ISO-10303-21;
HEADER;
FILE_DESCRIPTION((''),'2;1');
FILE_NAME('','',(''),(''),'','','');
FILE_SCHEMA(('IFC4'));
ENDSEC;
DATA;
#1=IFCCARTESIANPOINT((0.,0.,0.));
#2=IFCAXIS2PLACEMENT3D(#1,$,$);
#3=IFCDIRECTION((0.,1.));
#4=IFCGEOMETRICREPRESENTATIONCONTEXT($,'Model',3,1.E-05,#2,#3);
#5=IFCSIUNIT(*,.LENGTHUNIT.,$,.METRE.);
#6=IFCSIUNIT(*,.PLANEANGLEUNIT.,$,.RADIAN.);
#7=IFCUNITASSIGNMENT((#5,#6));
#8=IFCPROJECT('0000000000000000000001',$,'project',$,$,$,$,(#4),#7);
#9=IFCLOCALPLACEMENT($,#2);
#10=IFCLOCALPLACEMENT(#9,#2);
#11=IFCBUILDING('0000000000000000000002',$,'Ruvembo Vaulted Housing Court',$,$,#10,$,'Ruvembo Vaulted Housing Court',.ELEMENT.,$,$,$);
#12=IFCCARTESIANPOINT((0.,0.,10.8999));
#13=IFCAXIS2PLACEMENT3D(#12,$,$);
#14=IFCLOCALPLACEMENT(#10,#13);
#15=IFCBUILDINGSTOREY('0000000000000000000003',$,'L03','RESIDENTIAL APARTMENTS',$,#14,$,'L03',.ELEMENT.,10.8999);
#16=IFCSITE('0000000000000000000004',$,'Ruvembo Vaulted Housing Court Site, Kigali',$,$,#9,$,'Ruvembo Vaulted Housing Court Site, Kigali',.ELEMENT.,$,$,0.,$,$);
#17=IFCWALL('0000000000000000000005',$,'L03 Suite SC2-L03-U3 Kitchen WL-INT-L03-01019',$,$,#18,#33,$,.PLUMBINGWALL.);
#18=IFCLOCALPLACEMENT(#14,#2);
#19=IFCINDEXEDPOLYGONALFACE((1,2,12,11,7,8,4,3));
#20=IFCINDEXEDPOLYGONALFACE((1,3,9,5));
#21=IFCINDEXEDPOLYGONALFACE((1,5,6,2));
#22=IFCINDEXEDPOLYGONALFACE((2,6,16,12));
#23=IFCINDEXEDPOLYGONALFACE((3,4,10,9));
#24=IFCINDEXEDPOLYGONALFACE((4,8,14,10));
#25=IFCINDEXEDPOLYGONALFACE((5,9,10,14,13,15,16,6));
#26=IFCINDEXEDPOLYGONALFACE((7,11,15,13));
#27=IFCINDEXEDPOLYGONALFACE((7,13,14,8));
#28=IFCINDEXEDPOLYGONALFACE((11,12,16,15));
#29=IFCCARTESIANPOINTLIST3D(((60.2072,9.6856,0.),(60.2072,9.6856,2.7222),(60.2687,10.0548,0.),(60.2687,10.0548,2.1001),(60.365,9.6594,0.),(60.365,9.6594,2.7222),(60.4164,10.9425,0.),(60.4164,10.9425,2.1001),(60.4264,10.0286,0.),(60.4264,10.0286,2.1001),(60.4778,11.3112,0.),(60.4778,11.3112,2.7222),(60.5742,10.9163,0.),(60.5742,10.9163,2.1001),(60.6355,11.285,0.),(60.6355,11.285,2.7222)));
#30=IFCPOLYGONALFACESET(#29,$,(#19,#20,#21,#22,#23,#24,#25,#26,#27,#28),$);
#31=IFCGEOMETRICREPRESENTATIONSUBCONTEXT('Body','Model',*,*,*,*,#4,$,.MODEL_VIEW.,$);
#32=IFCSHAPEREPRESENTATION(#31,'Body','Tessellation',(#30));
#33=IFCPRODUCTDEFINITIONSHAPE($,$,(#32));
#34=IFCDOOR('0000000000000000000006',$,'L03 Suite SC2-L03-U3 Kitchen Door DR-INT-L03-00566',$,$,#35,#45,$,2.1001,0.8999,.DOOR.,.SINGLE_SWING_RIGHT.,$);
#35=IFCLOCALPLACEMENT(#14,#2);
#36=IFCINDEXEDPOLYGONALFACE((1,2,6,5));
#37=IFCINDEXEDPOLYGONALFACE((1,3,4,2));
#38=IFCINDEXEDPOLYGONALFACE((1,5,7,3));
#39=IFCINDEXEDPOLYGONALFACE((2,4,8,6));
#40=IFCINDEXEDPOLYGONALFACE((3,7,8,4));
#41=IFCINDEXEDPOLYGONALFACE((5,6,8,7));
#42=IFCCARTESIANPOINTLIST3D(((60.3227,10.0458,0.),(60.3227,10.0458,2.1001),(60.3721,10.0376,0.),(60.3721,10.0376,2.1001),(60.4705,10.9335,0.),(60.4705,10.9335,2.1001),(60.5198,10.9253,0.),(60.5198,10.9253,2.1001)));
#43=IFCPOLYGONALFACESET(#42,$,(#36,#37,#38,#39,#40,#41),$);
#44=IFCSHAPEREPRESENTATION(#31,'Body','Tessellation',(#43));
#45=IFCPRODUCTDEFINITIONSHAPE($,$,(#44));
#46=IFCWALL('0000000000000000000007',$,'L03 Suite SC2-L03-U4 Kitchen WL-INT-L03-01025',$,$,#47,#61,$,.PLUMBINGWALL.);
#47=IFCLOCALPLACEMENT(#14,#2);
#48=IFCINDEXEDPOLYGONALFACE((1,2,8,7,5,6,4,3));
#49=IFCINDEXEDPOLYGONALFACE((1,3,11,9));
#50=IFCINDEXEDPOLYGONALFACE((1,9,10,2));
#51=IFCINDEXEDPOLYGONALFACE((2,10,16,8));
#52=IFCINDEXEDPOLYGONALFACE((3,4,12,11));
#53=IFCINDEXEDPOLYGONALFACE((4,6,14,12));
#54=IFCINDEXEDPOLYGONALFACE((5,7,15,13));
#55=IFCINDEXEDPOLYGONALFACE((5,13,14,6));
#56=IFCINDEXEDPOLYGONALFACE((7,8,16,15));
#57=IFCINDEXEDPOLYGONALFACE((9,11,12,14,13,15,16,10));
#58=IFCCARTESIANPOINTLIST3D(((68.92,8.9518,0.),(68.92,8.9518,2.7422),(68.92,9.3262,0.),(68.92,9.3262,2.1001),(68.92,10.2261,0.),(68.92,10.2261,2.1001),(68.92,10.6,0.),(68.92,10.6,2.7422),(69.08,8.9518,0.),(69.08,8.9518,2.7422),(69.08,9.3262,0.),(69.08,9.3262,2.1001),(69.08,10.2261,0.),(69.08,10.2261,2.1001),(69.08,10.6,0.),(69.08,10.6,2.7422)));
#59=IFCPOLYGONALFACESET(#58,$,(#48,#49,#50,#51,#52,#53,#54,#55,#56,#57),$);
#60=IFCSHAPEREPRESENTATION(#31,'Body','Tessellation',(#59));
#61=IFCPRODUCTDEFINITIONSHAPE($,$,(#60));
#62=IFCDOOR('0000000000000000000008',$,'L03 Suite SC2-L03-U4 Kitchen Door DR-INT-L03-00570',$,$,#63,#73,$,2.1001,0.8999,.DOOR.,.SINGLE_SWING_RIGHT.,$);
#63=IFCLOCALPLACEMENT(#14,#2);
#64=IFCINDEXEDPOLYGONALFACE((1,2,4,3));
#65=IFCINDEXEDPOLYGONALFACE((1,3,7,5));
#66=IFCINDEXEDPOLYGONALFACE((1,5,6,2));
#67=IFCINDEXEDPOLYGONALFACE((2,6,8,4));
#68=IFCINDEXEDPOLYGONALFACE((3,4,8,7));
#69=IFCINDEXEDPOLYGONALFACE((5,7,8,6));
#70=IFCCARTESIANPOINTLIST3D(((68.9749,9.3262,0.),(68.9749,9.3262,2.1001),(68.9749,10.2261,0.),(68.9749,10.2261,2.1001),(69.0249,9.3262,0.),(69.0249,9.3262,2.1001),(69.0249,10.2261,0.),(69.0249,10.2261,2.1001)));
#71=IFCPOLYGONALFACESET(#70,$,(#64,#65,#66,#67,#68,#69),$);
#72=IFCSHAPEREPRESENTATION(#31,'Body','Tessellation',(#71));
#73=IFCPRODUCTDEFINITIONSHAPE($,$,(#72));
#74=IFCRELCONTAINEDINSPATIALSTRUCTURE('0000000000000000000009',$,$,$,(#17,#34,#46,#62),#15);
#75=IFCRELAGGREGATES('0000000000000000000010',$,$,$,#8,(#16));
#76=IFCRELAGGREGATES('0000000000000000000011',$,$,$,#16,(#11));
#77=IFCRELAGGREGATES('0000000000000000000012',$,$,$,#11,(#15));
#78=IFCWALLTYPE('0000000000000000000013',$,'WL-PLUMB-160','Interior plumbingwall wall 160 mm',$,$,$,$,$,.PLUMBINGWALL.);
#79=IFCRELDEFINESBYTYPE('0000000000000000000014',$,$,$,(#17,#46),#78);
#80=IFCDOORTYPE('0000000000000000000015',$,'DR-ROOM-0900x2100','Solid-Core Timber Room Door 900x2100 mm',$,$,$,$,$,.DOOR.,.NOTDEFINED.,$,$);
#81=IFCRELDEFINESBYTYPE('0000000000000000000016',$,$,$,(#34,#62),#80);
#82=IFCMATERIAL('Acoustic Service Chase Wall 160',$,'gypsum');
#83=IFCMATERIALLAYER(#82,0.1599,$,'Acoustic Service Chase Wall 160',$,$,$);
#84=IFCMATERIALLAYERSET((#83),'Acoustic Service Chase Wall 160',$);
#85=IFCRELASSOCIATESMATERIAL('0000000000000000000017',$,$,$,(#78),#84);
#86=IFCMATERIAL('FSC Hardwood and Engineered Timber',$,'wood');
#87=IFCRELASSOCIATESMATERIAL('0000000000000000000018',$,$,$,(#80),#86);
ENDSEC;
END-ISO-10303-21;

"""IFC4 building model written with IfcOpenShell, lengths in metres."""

from ifc_helpers import new_model, si_unit, direction, frame, frame_2d, origin, place, context, subcontext, project, spatial, rectangle, extrude, material, layer, layer_set, type_object, element, fill, save


model = new_model("IFC4")

# Units and contexts
model_context = context("Model", 3, precision=1e-05, world=origin(), true_north=direction((0.0, 1.0)))
body_context = subcontext(model_context, "Body", "Model", "MODEL_VIEW")
ifc_project = project(units=[si_unit("LENGTHUNIT", "METRE"), si_unit("PLANEANGLEUNIT", "RADIAN")], contexts=[model_context])

# Site, building, storey
site_placement = place(None, origin())
site = spatial("IfcSite", under=ifc_project, at=site_placement, Name="Ruvembo Vaulted Housing Court Site, Kigali", LongName="Ruvembo Vaulted Housing Court Site, Kigali", CompositionType="ELEMENT", RefElevation=0.0)
building_placement = place(site_placement, origin())
building = spatial("IfcBuilding", under=site, at=building_placement, Name="Ruvembo Vaulted Housing Court", LongName="Ruvembo Vaulted Housing Court", CompositionType="ELEMENT")
storey_placement = place(building_placement, frame((0.0, 0.0, 10.8999)))
storey = spatial("IfcBuildingStorey", under=building, at=storey_placement, Name="L03", Description="RESIDENTIAL APARTMENTS", LongName="L03", CompositionType="ELEMENT", Elevation=10.8999)

# Walls, openings, doors
ifc_material_1 = material(Name="FSC Hardwood and Engineered Timber", Category="wood")
ifc_material_2 = material(Name="Acoustic Service Chase Wall 160", Category="gypsum")
ifc_layer_1 = layer(ifc_material_2, 0.1599, Name="Acoustic Service Chase Wall 160")
ifc_layer_set_1 = layer_set([ifc_layer_1], Name="Acoustic Service Chase Wall 160")
wall_type_1 = type_object("IfcWallType", Name="WL-PLUMB-160", Description="Interior plumbingwall wall 160 mm", PredefinedType="PLUMBINGWALL", material=ifc_layer_set_1)
wall_1_placement = place(storey_placement, frame((60.5566, 11.2981, 0.0), z_axis=(0.0, 0.0, 1.0), x_axis=(-0.164159, -0.986434, 0.0)))
wall_1 = element("IfcWall", 1, at=wall_1_placement, inside=storey, type_object=wall_type_1, Name="L03 Suite SC2-L03-U3 Kitchen WL-INT-L03-01019", PredefinedType="PLUMBINGWALL", context=body_context, shape_type="SweptSolid", body=[
    extrude(rectangle(XDim=1.6479, YDim=0.1599, at=frame_2d((0.824, 0.0))), origin(), (0.0, 0.0, 1.0), 2.7222),
])
opening_1_placement = place(wall_1_placement, frame((0.3738, 0.0, 0.0)))
opening_1 = element("IfcOpeningElement", 2, at=opening_1_placement, cuts=wall_1, PredefinedType="OPENING", context=body_context, shape_type="SweptSolid", body=[
    extrude(rectangle(XDim=0.8999, YDim=2.1001, at=frame_2d((0.45, 1.05))), frame((0.0, 0.0898, 0.0), z_axis=(0.0, -1.0, 0.0), x_axis=(1.0, 0.0, 0.0)), (0.0, 0.0, 1.0), 0.1799),
])
door_type_1 = type_object("IfcDoorType", Name="DR-ROOM-0900x2100", Description="Solid-Core Timber Room Door 900x2100 mm", OperationType="NOTDEFINED", PredefinedType="DOOR", material=ifc_material_1)
door_1_placement = place(opening_1_placement, origin())
door_1 = element("IfcDoor", 3, at=door_1_placement, inside=storey, type_object=door_type_1, Name="L03 Suite SC2-L03-U3 Kitchen Door DR-INT-L03-00566", OperationType="SINGLE_SWING_RIGHT", OverallHeight=2.1001, OverallWidth=0.8999, PredefinedType="DOOR", context=body_context, shape_type="SweptSolid", body=[
    extrude(rectangle(XDim=0.8999, YDim=2.1001, at=frame_2d((0.45, 1.05))), frame((0.0, 0.0249, 0.0), z_axis=(0.0, -1.0, 0.0), x_axis=(1.0, 0.0, 0.0)), (0.0, 0.0, 1.0), 0.05),
])
fill(opening_1, door_1)
wall_2_placement = place(storey_placement, frame((69.0, 10.6001, 0.0), z_axis=(0.0, 0.0, 1.0), x_axis=(0.0, -1.0, 0.0)))
wall_2 = element("IfcWall", 4, at=wall_2_placement, inside=storey, type_object=wall_type_1, Name="L03 Suite SC2-L03-U4 Kitchen WL-INT-L03-01025", PredefinedType="PLUMBINGWALL", context=body_context, shape_type="SweptSolid", body=[
    extrude(rectangle(XDim=1.6482, YDim=0.1599, at=frame_2d((0.8242, 0.0))), origin(), (0.0, 0.0, 1.0), 2.7422),
])
opening_2_placement = place(wall_2_placement, frame((0.374, 0.0, 0.0)))
opening_2 = element("IfcOpeningElement", 5, at=opening_2_placement, cuts=wall_2, PredefinedType="OPENING", context=body_context, shape_type="SweptSolid", body=[
    extrude(rectangle(XDim=0.8999, YDim=2.1001, at=frame_2d((0.45, 1.05))), frame((0.0, 0.0898, 0.0), z_axis=(0.0, -1.0, 0.0), x_axis=(1.0, 0.0, 0.0)), (0.0, 0.0, 1.0), 0.1799),
])
door_2_placement = place(opening_2_placement, origin())
door_2 = element("IfcDoor", 6, at=door_2_placement, inside=storey, type_object=door_type_1, Name="L03 Suite SC2-L03-U4 Kitchen Door DR-INT-L03-00570", OperationType="SINGLE_SWING_RIGHT", OverallHeight=2.1001, OverallWidth=0.8999, PredefinedType="DOOR", context=body_context, shape_type="SweptSolid", body=[
    extrude(rectangle(XDim=0.8999, YDim=2.1001, at=frame_2d((0.45, 1.05))), frame((0.0, 0.0249, 0.0), z_axis=(0.0, -1.0, 0.0), x_axis=(1.0, 0.0, 0.0)), (0.0, 0.0, 1.0), 0.05),
])
fill(opening_2, door_2)

save(model, "model.ifc")
